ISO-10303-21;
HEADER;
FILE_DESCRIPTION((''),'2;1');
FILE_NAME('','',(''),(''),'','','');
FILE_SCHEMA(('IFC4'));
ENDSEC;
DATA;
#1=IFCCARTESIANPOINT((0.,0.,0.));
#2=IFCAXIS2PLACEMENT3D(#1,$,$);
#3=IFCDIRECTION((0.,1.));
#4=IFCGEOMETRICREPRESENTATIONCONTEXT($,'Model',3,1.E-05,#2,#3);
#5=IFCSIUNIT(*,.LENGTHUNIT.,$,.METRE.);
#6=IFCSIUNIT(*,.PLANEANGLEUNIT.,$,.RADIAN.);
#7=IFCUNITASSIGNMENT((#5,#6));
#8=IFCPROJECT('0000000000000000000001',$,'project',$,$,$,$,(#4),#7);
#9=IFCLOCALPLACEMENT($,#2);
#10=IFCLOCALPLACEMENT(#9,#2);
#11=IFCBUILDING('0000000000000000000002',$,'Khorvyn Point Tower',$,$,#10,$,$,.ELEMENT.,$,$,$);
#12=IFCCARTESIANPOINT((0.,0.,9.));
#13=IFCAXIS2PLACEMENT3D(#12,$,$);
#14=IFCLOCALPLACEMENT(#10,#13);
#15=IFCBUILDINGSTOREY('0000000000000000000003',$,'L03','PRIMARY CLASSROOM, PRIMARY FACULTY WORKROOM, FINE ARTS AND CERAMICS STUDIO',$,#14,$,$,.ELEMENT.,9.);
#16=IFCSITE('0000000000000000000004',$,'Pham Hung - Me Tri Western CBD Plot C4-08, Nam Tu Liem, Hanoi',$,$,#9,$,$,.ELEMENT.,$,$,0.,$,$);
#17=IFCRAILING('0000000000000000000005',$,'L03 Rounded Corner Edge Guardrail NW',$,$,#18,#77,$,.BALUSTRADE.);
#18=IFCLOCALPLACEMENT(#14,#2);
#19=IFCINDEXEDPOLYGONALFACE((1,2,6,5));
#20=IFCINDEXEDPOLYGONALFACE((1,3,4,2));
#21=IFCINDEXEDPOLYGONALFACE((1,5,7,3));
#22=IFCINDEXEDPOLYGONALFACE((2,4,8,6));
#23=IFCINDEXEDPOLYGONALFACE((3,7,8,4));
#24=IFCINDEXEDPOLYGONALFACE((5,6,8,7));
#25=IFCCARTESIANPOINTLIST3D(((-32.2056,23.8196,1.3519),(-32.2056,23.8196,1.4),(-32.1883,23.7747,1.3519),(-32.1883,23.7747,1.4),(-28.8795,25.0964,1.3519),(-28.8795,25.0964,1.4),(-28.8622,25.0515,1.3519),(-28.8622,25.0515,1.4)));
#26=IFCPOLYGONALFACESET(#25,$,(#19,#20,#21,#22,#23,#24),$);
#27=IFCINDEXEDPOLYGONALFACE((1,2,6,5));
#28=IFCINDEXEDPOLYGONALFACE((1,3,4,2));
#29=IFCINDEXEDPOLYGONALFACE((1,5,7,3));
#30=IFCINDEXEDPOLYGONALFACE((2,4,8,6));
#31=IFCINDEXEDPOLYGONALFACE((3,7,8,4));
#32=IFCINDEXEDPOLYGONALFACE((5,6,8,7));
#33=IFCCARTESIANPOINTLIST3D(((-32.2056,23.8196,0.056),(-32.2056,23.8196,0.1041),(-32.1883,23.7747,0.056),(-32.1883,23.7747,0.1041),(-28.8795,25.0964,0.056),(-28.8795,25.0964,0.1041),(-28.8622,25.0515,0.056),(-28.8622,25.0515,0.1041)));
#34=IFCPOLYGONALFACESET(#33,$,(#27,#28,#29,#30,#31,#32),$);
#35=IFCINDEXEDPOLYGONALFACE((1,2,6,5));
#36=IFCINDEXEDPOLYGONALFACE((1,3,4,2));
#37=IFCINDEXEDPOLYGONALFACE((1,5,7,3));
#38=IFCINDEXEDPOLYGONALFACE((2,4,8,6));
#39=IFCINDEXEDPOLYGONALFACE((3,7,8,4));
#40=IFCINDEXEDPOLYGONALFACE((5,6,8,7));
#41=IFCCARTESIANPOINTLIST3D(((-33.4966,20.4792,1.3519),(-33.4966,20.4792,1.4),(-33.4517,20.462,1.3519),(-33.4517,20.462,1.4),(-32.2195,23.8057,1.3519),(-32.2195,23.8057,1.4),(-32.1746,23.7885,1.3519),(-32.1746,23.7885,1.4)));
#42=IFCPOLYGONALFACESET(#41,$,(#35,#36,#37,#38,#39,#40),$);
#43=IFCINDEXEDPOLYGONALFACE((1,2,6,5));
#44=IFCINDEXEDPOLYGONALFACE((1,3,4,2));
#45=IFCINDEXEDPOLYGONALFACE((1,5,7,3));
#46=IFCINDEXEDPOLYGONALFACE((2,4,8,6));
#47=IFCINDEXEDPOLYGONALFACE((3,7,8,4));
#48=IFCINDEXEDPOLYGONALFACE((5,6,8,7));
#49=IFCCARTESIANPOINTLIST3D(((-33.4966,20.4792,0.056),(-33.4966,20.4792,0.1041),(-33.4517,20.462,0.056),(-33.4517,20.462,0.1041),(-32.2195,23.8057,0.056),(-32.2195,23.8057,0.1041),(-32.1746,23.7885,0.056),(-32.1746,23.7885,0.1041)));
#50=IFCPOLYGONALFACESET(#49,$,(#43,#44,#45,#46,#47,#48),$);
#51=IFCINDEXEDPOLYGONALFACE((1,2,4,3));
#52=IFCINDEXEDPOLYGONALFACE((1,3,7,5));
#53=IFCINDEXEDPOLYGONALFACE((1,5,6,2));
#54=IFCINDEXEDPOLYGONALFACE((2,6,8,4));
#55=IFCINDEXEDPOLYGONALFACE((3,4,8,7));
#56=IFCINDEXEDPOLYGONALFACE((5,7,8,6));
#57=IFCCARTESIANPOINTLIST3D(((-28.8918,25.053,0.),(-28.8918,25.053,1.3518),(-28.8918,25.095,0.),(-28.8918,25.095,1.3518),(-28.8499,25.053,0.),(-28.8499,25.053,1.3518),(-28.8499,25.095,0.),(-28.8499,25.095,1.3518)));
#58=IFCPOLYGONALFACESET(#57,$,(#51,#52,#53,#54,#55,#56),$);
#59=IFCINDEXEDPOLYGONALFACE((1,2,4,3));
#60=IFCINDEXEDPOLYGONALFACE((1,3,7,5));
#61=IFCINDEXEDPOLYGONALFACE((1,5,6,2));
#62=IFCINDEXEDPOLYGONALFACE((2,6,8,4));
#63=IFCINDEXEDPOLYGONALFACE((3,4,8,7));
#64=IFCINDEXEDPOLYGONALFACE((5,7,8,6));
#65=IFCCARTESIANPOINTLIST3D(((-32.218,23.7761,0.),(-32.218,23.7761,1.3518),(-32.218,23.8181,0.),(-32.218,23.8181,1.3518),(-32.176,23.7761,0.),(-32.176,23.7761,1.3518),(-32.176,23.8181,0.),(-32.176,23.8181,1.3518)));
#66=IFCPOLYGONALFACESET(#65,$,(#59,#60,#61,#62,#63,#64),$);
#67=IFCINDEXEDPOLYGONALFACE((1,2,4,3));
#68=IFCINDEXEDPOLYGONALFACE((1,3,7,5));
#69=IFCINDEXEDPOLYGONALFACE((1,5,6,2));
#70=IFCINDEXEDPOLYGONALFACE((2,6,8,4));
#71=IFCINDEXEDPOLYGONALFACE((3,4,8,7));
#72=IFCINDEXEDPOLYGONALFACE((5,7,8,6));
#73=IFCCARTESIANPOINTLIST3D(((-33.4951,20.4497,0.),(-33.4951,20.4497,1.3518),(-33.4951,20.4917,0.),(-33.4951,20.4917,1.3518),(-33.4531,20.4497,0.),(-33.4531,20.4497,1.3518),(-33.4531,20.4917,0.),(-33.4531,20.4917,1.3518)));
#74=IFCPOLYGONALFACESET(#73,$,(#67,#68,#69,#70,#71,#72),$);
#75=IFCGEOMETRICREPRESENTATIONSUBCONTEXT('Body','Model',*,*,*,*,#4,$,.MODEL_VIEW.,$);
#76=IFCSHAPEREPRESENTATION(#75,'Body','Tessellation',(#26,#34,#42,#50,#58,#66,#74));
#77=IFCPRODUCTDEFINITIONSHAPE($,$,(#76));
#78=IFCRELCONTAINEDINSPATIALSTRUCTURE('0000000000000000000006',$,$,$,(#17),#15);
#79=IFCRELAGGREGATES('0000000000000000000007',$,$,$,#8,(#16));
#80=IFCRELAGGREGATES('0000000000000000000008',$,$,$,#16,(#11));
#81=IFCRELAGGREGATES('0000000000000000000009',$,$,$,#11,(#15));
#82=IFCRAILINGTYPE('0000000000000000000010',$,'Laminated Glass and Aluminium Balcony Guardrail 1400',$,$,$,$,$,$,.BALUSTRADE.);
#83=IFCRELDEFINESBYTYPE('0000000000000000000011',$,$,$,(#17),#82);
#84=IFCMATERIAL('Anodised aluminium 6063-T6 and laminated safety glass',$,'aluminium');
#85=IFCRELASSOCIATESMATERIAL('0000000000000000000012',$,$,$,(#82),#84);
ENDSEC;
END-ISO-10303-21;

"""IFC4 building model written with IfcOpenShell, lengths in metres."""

from ifc_helpers import new_model, si_unit, direction, frame, origin, origin_2d, place, context, subcontext, project, spatial, rectangle, extrude, material, type_object, element, save


model = new_model("IFC4")

# Units and contexts
model_context = context("Model", 3, precision=1e-05, world=origin(), true_north=direction((0.0, 1.0)))
body_context = subcontext(model_context, "Body", "Model", "MODEL_VIEW")
ifc_project = project(units=[si_unit("LENGTHUNIT", "METRE"), si_unit("PLANEANGLEUNIT", "RADIAN")], contexts=[model_context])

# Site, building, storey
site_placement = place(None, origin())
site = spatial("IfcSite", under=ifc_project, at=site_placement, Name="Pham Hung - Me Tri Western CBD Plot C4-08, Nam Tu Liem, Hanoi", CompositionType="ELEMENT", RefElevation=0.0)
building_placement = place(site_placement, origin())
building = spatial("IfcBuilding", under=site, at=building_placement, Name="Khorvyn Point Tower", CompositionType="ELEMENT")
storey_placement = place(building_placement, frame((0.0, 0.0, 9.0)))
storey = spatial("IfcBuildingStorey", under=building, at=storey_placement, Name="L03", Description="PRIMARY CLASSROOM, PRIMARY FACULTY WORKROOM, FINE ARTS AND CERAMICS STUDIO", CompositionType="ELEMENT", Elevation=9.0)

# Railing
ifc_material_1 = material(Name="Anodised aluminium 6063-T6 and laminated safety glass", Category="aluminium")
railing_type = type_object("IfcRailingType", Name="Laminated Glass and Aluminium Balcony Guardrail 1400", PredefinedType="BALUSTRADE", material=ifc_material_1)
railing_placement = place(storey_placement, frame((-28.8708, 25.074, 0.0)))
element("IfcRailing", 1, at=railing_placement, inside=storey, type_object=railing_type, Name="L03 Rounded Corner Edge Guardrail NW", PredefinedType="BALUSTRADE", context=body_context, shape_type="SweptSolid", body=[
    extrude(rectangle(XDim=0.0481, YDim=0.0481, at=origin_2d()), frame((0.0, 0.0, 1.376), z_axis=(-0.933575, -0.358382, 0.0), x_axis=(0.358382, -0.933575, 0.0)), (0.0, 0.0, 1.0), 3.5627),
    extrude(rectangle(XDim=0.0481, YDim=0.0481, at=origin_2d()), frame((0.0, 0.0, 0.0801), z_axis=(-0.933575, -0.358382, 0.0), x_axis=(0.358382, -0.933575, 0.0)), (0.0, 0.0, 1.0), 3.5627),
    extrude(rectangle(XDim=0.0481, YDim=0.0481, at=origin_2d()), frame((-3.3262, -1.2769, 1.376), z_axis=(-0.358419, -0.933561, 0.0), x_axis=(0.933561, -0.358419, 0.0)), (0.0, 0.0, 1.0), 3.5632),
    extrude(rectangle(XDim=0.0481, YDim=0.0481, at=origin_2d()), frame((-3.3262, -1.2769, 0.0801), z_axis=(-0.358419, -0.933561, 0.0), x_axis=(0.933561, -0.358419, 0.0)), (0.0, 0.0, 1.0), 3.5632),
    extrude(rectangle(XDim=0.042, YDim=0.042, at=origin_2d()), origin(), (0.0, 0.0, 1.0), 1.3518),
    extrude(rectangle(XDim=0.042, YDim=0.042, at=origin_2d()), frame((-3.3262, -1.2769, 0.0)), (0.0, 0.0, 1.0), 1.3518),
    extrude(rectangle(XDim=0.042, YDim=0.042, at=origin_2d()), frame((-4.6033, -4.6033, 0.0)), (0.0, 0.0, 1.0), 1.3518),
])

save(model, "model.ifc")
